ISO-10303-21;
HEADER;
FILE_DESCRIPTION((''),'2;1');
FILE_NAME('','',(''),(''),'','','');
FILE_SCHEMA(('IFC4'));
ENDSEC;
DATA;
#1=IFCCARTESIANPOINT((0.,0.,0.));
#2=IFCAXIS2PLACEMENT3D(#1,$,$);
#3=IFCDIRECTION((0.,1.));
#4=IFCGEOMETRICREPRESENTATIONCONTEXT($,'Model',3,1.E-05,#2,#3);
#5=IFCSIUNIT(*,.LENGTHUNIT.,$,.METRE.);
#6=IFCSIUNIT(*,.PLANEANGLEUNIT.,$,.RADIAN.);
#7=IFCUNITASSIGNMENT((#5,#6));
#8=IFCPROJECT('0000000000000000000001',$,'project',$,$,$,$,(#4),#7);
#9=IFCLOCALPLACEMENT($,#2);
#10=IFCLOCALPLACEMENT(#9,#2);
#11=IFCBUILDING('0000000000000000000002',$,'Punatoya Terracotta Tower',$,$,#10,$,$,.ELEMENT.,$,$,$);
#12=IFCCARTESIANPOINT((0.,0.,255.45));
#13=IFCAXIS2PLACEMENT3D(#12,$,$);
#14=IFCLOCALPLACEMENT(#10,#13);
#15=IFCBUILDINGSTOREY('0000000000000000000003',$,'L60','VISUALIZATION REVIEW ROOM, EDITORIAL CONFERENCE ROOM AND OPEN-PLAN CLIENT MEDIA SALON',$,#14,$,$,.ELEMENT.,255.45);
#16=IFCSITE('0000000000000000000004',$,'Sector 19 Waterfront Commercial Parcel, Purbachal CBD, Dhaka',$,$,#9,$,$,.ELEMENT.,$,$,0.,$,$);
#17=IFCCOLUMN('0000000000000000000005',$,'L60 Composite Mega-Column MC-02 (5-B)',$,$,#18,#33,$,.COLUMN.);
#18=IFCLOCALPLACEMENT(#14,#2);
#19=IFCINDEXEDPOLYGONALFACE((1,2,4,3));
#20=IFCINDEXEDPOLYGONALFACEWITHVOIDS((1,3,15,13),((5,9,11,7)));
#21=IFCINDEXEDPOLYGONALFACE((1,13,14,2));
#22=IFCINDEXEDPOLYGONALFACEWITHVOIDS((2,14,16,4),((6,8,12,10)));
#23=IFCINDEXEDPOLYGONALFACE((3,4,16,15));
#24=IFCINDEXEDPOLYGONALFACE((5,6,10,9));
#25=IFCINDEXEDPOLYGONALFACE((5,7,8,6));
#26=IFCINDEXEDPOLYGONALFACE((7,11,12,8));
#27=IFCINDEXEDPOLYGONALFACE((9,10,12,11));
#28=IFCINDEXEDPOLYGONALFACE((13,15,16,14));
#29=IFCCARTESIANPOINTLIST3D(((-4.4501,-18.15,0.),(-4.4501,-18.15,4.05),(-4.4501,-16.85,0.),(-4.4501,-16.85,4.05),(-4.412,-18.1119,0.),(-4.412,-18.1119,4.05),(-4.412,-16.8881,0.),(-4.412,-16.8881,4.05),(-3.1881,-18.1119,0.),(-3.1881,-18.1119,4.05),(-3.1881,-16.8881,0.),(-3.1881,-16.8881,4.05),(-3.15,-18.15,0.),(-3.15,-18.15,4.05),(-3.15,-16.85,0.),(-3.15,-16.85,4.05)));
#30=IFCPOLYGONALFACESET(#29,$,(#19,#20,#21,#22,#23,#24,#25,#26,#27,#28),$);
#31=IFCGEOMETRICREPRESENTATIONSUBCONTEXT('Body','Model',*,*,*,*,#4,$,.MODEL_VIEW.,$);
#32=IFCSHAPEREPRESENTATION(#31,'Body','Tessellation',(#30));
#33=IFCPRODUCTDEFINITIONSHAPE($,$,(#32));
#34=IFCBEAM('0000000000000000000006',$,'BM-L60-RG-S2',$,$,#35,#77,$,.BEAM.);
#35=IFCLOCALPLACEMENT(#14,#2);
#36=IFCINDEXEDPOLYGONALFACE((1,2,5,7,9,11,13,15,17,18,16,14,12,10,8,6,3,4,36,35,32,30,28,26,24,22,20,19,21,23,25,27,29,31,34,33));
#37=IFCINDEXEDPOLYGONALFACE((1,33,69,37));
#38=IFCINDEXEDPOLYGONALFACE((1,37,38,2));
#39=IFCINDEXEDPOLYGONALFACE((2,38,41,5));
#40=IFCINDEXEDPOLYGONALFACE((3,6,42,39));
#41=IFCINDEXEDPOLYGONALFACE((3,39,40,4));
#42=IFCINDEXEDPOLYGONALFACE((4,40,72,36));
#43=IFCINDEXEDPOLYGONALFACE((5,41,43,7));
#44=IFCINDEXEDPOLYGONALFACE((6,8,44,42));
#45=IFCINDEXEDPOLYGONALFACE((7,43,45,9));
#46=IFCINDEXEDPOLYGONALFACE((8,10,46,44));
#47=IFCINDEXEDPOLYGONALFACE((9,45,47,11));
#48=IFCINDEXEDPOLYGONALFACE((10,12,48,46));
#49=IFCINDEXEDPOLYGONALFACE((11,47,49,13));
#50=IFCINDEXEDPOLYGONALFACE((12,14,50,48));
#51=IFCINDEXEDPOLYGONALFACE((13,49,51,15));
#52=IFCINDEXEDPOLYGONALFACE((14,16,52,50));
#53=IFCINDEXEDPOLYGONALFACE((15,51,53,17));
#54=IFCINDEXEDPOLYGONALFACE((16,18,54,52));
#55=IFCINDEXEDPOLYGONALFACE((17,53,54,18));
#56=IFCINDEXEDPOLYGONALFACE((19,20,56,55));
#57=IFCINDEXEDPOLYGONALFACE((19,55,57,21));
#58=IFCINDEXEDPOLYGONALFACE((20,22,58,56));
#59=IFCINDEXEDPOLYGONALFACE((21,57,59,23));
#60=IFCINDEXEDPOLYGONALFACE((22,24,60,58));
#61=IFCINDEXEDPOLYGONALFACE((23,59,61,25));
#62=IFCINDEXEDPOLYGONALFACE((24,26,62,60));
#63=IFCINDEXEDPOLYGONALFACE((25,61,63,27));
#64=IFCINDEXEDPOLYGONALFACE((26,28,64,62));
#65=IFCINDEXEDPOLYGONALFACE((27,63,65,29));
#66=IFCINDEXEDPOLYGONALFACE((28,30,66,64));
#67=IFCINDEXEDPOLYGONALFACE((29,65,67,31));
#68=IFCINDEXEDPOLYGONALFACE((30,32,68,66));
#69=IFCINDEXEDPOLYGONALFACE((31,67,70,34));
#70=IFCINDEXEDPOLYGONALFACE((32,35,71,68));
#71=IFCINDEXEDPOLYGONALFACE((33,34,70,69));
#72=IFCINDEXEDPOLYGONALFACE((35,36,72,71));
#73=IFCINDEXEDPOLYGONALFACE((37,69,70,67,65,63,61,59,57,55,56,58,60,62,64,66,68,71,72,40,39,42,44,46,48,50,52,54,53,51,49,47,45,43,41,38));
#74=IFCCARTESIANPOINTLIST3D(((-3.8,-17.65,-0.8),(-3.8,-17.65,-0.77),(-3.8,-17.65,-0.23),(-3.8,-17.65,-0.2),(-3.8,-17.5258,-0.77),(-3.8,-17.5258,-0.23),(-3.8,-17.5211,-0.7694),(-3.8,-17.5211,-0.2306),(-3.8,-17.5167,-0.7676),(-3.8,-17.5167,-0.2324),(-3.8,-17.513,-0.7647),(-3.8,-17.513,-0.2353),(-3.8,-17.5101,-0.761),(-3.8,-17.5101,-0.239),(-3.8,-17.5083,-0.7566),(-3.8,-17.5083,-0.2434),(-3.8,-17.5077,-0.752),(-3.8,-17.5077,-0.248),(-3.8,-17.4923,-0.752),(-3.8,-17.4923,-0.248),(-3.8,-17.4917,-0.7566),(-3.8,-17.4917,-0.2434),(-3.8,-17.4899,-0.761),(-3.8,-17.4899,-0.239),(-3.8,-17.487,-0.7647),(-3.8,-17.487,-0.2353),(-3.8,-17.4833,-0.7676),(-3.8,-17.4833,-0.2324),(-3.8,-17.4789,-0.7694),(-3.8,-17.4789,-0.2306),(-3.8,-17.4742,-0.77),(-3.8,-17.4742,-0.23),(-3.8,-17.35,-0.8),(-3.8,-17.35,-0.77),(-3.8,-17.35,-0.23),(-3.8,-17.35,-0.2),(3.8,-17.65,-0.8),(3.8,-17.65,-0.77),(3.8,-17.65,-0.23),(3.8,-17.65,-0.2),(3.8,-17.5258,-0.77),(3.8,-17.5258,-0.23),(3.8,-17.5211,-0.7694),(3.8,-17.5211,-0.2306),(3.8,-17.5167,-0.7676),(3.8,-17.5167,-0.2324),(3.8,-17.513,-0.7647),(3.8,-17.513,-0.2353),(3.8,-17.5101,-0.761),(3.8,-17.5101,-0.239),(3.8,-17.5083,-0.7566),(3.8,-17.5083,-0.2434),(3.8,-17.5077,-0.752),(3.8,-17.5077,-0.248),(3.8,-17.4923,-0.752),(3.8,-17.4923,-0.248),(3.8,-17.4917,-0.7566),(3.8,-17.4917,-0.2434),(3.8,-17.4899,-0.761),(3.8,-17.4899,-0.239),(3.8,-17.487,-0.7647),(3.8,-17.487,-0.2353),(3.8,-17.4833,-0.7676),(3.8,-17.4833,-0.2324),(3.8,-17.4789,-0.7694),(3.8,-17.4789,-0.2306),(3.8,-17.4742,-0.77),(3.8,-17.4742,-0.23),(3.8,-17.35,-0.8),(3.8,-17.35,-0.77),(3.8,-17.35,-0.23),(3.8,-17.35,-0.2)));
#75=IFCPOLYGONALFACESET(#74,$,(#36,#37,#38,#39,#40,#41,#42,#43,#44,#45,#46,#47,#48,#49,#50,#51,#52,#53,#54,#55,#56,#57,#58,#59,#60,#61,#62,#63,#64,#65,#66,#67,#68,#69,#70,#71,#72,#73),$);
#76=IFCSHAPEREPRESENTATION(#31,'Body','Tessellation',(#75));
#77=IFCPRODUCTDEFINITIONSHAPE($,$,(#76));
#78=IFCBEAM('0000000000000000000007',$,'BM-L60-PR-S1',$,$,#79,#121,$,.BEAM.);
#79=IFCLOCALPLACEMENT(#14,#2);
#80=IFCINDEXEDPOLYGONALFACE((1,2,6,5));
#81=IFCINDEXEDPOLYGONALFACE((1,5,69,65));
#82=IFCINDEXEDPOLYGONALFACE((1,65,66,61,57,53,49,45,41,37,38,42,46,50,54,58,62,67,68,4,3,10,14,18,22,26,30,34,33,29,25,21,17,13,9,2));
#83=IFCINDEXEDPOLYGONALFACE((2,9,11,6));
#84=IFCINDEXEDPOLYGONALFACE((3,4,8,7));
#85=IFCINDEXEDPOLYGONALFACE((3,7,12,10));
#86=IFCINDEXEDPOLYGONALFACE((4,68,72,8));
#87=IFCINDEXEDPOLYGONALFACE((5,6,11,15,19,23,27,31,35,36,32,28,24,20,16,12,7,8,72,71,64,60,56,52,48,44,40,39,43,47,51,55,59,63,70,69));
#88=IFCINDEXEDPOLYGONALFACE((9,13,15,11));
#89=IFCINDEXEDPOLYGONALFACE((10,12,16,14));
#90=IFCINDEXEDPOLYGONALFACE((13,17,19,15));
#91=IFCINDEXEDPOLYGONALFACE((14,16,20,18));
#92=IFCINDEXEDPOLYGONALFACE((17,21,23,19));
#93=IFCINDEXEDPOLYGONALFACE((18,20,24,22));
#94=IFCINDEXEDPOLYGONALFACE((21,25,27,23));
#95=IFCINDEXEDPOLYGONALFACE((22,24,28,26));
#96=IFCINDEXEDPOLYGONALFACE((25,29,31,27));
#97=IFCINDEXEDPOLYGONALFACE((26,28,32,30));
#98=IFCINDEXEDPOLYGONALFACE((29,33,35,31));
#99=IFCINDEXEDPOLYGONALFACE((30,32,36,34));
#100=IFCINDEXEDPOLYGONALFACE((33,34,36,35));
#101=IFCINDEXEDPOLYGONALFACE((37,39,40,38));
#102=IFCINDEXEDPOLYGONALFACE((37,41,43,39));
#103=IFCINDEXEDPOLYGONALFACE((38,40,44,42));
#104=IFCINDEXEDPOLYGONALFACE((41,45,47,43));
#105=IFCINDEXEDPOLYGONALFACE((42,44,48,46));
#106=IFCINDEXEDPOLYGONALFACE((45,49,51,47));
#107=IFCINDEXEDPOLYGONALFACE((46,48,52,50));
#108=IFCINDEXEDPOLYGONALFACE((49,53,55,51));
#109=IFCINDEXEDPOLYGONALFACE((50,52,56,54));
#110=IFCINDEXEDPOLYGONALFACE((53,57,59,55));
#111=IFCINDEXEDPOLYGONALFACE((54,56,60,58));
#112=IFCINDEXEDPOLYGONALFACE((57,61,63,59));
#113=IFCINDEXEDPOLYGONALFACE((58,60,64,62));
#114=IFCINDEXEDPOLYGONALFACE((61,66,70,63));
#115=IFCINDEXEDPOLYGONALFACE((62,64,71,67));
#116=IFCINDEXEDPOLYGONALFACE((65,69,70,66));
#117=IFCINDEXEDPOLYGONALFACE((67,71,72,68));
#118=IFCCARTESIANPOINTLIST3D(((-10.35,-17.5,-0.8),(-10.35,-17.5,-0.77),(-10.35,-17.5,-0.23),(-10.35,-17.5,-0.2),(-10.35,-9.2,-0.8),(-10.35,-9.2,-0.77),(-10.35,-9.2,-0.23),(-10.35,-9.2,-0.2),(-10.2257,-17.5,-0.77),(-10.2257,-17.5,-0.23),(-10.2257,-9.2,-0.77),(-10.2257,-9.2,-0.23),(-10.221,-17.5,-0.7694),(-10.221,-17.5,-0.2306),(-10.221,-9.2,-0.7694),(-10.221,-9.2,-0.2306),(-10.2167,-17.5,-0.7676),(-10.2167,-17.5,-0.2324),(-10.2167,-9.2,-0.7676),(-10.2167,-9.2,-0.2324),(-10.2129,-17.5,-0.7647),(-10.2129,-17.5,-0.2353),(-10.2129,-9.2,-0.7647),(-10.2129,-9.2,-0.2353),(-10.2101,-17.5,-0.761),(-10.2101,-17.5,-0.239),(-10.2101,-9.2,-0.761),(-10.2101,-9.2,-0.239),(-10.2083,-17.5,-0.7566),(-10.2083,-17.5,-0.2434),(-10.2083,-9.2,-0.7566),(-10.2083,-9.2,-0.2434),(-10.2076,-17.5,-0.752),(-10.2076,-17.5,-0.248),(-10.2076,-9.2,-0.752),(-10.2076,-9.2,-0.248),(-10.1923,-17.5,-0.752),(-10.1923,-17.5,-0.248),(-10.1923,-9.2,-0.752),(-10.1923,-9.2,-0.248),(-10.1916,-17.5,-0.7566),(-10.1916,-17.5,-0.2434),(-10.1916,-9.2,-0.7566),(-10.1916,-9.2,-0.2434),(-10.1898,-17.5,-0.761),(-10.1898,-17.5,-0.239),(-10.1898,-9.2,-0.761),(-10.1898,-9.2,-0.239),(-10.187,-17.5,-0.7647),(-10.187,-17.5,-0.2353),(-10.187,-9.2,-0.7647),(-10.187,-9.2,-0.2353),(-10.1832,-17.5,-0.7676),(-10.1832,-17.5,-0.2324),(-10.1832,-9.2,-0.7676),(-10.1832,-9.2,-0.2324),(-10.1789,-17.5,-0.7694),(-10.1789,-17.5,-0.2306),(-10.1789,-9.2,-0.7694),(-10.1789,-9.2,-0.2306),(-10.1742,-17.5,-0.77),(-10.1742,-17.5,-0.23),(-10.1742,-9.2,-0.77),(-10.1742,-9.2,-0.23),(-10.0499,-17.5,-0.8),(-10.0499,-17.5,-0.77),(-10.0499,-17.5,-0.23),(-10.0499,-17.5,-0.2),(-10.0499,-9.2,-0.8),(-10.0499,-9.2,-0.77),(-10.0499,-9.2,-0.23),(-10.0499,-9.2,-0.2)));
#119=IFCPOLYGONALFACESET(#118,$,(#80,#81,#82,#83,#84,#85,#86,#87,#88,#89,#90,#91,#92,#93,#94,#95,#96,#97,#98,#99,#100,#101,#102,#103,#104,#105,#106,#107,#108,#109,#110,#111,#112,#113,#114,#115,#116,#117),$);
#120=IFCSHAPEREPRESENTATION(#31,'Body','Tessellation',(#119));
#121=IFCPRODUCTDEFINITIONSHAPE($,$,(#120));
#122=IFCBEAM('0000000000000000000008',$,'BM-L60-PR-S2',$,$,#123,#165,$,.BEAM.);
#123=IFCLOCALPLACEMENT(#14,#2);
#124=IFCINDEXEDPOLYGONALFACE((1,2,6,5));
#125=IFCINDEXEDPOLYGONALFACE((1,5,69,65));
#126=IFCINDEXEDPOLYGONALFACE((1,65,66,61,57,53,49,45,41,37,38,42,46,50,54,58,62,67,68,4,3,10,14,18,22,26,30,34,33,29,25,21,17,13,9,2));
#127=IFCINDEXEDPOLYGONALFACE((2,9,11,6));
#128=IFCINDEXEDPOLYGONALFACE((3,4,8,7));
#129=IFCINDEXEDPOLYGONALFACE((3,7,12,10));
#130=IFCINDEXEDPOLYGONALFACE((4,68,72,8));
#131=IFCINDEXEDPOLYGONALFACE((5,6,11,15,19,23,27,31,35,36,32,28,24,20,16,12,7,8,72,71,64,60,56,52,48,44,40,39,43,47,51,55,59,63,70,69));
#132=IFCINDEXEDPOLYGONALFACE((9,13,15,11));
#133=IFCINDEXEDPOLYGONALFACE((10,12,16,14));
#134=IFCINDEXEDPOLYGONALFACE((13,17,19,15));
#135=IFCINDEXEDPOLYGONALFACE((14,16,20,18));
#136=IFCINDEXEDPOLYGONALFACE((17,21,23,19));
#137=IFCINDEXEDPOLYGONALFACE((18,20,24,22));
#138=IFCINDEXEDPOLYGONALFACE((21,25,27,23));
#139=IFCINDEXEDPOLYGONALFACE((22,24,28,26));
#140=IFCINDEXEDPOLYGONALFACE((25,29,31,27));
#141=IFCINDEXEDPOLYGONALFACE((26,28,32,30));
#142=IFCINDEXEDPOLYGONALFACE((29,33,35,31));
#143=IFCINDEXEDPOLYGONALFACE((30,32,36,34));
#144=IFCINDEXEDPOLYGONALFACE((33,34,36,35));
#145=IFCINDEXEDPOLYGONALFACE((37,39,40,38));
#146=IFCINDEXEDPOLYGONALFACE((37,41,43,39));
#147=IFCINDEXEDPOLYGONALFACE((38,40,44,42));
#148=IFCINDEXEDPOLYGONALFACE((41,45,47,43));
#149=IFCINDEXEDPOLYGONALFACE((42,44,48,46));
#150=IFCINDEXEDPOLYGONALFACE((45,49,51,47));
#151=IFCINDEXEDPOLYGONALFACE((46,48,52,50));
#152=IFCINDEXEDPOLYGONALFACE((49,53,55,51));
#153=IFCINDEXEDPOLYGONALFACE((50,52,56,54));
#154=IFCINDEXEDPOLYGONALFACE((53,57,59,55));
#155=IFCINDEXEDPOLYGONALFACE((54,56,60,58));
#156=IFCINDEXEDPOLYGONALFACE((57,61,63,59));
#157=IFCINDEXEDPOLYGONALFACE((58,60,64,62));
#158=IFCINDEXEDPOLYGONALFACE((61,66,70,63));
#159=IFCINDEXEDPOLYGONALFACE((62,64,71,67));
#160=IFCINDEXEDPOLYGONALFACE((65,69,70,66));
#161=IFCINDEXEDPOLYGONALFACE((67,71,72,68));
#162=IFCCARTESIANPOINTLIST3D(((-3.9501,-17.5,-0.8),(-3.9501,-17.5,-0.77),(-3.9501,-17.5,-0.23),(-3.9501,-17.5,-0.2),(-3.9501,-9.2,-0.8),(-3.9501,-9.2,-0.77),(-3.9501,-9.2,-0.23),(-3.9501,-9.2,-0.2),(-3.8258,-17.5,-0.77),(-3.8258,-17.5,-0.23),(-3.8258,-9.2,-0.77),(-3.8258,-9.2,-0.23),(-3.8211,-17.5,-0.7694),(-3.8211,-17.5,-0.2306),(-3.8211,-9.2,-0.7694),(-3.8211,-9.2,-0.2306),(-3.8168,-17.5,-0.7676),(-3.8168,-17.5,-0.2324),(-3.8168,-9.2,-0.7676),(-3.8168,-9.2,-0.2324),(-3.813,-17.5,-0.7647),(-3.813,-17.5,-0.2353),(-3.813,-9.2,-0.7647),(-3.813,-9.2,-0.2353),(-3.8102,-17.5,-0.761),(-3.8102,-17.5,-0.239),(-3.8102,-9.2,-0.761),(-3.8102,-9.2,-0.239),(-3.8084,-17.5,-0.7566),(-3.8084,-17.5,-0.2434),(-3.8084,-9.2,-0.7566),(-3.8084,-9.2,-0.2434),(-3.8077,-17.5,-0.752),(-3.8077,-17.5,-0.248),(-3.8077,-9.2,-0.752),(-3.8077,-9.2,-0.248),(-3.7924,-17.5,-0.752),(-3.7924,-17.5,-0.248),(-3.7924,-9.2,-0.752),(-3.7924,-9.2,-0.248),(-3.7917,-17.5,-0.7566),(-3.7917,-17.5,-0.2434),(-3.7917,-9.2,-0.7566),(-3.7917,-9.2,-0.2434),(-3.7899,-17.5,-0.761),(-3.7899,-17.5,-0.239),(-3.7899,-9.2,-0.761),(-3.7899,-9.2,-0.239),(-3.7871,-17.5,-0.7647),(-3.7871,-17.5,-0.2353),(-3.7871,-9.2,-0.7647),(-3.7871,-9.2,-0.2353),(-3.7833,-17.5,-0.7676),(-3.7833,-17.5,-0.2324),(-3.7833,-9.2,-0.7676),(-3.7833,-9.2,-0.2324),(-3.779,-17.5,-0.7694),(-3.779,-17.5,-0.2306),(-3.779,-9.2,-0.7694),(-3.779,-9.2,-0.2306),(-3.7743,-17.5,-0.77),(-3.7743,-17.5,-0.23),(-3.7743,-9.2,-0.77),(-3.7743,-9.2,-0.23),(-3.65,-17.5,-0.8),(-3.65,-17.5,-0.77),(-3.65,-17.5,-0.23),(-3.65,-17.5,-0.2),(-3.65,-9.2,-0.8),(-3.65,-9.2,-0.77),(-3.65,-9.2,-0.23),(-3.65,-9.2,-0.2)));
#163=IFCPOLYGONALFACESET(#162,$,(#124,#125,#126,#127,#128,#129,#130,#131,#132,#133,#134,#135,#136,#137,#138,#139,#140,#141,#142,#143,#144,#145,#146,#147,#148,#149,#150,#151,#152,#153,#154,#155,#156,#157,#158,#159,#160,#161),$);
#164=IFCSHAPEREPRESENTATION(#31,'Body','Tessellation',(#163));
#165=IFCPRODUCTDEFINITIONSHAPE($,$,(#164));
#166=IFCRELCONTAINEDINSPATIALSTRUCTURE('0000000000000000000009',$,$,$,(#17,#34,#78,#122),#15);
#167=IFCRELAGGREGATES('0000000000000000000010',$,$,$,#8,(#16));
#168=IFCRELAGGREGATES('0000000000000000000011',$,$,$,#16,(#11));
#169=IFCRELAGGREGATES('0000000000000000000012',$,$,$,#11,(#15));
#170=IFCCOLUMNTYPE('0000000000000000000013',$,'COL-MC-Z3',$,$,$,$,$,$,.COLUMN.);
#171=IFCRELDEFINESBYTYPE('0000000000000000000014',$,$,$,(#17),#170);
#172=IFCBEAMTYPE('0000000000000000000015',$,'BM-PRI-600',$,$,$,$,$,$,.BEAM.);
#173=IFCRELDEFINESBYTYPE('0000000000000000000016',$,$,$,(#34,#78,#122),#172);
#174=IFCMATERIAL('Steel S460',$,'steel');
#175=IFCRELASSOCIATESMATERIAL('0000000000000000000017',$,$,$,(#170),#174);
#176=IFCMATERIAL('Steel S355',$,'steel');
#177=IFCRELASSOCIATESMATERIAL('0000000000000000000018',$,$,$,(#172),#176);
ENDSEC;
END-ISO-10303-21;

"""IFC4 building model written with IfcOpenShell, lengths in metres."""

from ifc_helpers import new_model, si_unit, direction, frame, origin, origin_2d, place, context, subcontext, project, spatial, hollow_rectangle, i_section, extrude, material, material_profile, profile_set, type_object, element, save


model = new_model("IFC4")

# Units and contexts
model_context = context("Model", 3, precision=1e-05, world=origin(), true_north=direction((0.0, 1.0)))
body_context = subcontext(model_context, "Body", "Model", "MODEL_VIEW")
ifc_project = project(units=[si_unit("LENGTHUNIT", "METRE"), si_unit("PLANEANGLEUNIT", "RADIAN")], contexts=[model_context])

# Site, building, storey
site_placement = place(None, origin())
site = spatial("IfcSite", under=ifc_project, at=site_placement, Name="Sector 19 Waterfront Commercial Parcel, Purbachal CBD, Dhaka", CompositionType="ELEMENT", RefElevation=0.0)
building_placement = place(site_placement, origin())
building = spatial("IfcBuilding", under=site, at=building_placement, Name="Punatoya Terracotta Tower", CompositionType="ELEMENT")
storey_placement = place(building_placement, frame((0.0, 0.0, 255.45)))
storey = spatial("IfcBuildingStorey", under=building, at=storey_placement, Name="L60", Description="VISUALIZATION REVIEW ROOM, EDITORIAL CONFERENCE ROOM AND OPEN-PLAN CLIENT MEDIA SALON", CompositionType="ELEMENT", Elevation=255.45)

# Column
ifc_material_1 = material(Name="Steel S460", Category="steel")
ifc_material_profile_1 = material_profile(ifc_material_1, hollow_rectangle(XDim=1.3, YDim=1.3, WallThickness=0.0381, at=origin_2d()))
ifc_profile_set_1 = profile_set([ifc_material_profile_1], Name="Steel S460")
column_type = type_object("IfcColumnType", Name="COL-MC-Z3", PredefinedType="COLUMN", material=ifc_profile_set_1)
column_placement = place(storey_placement, frame((-3.8, -17.5, 0.0), z_axis=(0.0, 0.0, 1.0), x_axis=(1.0, 0.0, 0.0)))
element("IfcColumn", 1, at=column_placement, inside=storey, type_object=column_type, Name="L60 Composite Mega-Column MC-02 (5-B)", PredefinedType="COLUMN", context=body_context, shape_type="SweptSolid", body=[
    extrude(hollow_rectangle(XDim=1.3, YDim=1.3, WallThickness=0.0381, at=origin_2d()), origin(), (0.0, 0.0, 1.0), 4.05),
])

# Beams
ifc_material_2 = material(Name="Steel S355", Category="steel")
ifc_material_profile_2 = material_profile(ifc_material_2, i_section(OverallWidth=0.3, OverallDepth=0.6001, WebThickness=0.0154, FlangeThickness=0.03, FilletRadius=0.0181, at=origin_2d()))
ifc_profile_set_2 = profile_set([ifc_material_profile_2], Name="Steel S355")
beam_type_1 = type_object("IfcBeamType", Name="BM-PRI-600", PredefinedType="BEAM", material=ifc_profile_set_2)
beam_1_placement = place(storey_placement, frame((-3.8, -17.5, -0.5), z_axis=(1.0, 0.0, 0.0), x_axis=(0.0, 1.0, 0.0)))
element("IfcBeam", 2, at=beam_1_placement, inside=storey, type_object=beam_type_1, Name="BM-L60-RG-S2", PredefinedType="BEAM", context=body_context, shape_type="SweptSolid", body=[
    extrude(i_section(OverallWidth=0.3, OverallDepth=0.6001, WebThickness=0.0154, FlangeThickness=0.03, FilletRadius=0.0181, at=origin_2d()), origin(), (0.0, 0.0, 1.0), 7.6001),
])
for number, where, z_axis, x_axis, name in (
    (3, (-10.2, -17.5, -0.5), (0.0, 1.0, 0.0), (-1.0, 0.0, 0.0), "BM-L60-PR-S1"),
    (4, (-3.8, -17.5, -0.5), (0.0, 1.0, 0.0), (-1.0, 0.0, 0.0), "BM-L60-PR-S2"),
):
    element("IfcBeam", number, at=place(storey_placement, frame(where, z_axis=z_axis, x_axis=x_axis)), inside=storey, type_object=beam_type_1, Name=name, PredefinedType="BEAM", context=body_context, shape_type="SweptSolid", body=[
        extrude(i_section(OverallWidth=0.3, OverallDepth=0.6001, WebThickness=0.0154, FlangeThickness=0.03, FilletRadius=0.0181, at=origin_2d()), origin(), (0.0, 0.0, 1.0), 8.3),
    ])

save(model, "model.ifc")
